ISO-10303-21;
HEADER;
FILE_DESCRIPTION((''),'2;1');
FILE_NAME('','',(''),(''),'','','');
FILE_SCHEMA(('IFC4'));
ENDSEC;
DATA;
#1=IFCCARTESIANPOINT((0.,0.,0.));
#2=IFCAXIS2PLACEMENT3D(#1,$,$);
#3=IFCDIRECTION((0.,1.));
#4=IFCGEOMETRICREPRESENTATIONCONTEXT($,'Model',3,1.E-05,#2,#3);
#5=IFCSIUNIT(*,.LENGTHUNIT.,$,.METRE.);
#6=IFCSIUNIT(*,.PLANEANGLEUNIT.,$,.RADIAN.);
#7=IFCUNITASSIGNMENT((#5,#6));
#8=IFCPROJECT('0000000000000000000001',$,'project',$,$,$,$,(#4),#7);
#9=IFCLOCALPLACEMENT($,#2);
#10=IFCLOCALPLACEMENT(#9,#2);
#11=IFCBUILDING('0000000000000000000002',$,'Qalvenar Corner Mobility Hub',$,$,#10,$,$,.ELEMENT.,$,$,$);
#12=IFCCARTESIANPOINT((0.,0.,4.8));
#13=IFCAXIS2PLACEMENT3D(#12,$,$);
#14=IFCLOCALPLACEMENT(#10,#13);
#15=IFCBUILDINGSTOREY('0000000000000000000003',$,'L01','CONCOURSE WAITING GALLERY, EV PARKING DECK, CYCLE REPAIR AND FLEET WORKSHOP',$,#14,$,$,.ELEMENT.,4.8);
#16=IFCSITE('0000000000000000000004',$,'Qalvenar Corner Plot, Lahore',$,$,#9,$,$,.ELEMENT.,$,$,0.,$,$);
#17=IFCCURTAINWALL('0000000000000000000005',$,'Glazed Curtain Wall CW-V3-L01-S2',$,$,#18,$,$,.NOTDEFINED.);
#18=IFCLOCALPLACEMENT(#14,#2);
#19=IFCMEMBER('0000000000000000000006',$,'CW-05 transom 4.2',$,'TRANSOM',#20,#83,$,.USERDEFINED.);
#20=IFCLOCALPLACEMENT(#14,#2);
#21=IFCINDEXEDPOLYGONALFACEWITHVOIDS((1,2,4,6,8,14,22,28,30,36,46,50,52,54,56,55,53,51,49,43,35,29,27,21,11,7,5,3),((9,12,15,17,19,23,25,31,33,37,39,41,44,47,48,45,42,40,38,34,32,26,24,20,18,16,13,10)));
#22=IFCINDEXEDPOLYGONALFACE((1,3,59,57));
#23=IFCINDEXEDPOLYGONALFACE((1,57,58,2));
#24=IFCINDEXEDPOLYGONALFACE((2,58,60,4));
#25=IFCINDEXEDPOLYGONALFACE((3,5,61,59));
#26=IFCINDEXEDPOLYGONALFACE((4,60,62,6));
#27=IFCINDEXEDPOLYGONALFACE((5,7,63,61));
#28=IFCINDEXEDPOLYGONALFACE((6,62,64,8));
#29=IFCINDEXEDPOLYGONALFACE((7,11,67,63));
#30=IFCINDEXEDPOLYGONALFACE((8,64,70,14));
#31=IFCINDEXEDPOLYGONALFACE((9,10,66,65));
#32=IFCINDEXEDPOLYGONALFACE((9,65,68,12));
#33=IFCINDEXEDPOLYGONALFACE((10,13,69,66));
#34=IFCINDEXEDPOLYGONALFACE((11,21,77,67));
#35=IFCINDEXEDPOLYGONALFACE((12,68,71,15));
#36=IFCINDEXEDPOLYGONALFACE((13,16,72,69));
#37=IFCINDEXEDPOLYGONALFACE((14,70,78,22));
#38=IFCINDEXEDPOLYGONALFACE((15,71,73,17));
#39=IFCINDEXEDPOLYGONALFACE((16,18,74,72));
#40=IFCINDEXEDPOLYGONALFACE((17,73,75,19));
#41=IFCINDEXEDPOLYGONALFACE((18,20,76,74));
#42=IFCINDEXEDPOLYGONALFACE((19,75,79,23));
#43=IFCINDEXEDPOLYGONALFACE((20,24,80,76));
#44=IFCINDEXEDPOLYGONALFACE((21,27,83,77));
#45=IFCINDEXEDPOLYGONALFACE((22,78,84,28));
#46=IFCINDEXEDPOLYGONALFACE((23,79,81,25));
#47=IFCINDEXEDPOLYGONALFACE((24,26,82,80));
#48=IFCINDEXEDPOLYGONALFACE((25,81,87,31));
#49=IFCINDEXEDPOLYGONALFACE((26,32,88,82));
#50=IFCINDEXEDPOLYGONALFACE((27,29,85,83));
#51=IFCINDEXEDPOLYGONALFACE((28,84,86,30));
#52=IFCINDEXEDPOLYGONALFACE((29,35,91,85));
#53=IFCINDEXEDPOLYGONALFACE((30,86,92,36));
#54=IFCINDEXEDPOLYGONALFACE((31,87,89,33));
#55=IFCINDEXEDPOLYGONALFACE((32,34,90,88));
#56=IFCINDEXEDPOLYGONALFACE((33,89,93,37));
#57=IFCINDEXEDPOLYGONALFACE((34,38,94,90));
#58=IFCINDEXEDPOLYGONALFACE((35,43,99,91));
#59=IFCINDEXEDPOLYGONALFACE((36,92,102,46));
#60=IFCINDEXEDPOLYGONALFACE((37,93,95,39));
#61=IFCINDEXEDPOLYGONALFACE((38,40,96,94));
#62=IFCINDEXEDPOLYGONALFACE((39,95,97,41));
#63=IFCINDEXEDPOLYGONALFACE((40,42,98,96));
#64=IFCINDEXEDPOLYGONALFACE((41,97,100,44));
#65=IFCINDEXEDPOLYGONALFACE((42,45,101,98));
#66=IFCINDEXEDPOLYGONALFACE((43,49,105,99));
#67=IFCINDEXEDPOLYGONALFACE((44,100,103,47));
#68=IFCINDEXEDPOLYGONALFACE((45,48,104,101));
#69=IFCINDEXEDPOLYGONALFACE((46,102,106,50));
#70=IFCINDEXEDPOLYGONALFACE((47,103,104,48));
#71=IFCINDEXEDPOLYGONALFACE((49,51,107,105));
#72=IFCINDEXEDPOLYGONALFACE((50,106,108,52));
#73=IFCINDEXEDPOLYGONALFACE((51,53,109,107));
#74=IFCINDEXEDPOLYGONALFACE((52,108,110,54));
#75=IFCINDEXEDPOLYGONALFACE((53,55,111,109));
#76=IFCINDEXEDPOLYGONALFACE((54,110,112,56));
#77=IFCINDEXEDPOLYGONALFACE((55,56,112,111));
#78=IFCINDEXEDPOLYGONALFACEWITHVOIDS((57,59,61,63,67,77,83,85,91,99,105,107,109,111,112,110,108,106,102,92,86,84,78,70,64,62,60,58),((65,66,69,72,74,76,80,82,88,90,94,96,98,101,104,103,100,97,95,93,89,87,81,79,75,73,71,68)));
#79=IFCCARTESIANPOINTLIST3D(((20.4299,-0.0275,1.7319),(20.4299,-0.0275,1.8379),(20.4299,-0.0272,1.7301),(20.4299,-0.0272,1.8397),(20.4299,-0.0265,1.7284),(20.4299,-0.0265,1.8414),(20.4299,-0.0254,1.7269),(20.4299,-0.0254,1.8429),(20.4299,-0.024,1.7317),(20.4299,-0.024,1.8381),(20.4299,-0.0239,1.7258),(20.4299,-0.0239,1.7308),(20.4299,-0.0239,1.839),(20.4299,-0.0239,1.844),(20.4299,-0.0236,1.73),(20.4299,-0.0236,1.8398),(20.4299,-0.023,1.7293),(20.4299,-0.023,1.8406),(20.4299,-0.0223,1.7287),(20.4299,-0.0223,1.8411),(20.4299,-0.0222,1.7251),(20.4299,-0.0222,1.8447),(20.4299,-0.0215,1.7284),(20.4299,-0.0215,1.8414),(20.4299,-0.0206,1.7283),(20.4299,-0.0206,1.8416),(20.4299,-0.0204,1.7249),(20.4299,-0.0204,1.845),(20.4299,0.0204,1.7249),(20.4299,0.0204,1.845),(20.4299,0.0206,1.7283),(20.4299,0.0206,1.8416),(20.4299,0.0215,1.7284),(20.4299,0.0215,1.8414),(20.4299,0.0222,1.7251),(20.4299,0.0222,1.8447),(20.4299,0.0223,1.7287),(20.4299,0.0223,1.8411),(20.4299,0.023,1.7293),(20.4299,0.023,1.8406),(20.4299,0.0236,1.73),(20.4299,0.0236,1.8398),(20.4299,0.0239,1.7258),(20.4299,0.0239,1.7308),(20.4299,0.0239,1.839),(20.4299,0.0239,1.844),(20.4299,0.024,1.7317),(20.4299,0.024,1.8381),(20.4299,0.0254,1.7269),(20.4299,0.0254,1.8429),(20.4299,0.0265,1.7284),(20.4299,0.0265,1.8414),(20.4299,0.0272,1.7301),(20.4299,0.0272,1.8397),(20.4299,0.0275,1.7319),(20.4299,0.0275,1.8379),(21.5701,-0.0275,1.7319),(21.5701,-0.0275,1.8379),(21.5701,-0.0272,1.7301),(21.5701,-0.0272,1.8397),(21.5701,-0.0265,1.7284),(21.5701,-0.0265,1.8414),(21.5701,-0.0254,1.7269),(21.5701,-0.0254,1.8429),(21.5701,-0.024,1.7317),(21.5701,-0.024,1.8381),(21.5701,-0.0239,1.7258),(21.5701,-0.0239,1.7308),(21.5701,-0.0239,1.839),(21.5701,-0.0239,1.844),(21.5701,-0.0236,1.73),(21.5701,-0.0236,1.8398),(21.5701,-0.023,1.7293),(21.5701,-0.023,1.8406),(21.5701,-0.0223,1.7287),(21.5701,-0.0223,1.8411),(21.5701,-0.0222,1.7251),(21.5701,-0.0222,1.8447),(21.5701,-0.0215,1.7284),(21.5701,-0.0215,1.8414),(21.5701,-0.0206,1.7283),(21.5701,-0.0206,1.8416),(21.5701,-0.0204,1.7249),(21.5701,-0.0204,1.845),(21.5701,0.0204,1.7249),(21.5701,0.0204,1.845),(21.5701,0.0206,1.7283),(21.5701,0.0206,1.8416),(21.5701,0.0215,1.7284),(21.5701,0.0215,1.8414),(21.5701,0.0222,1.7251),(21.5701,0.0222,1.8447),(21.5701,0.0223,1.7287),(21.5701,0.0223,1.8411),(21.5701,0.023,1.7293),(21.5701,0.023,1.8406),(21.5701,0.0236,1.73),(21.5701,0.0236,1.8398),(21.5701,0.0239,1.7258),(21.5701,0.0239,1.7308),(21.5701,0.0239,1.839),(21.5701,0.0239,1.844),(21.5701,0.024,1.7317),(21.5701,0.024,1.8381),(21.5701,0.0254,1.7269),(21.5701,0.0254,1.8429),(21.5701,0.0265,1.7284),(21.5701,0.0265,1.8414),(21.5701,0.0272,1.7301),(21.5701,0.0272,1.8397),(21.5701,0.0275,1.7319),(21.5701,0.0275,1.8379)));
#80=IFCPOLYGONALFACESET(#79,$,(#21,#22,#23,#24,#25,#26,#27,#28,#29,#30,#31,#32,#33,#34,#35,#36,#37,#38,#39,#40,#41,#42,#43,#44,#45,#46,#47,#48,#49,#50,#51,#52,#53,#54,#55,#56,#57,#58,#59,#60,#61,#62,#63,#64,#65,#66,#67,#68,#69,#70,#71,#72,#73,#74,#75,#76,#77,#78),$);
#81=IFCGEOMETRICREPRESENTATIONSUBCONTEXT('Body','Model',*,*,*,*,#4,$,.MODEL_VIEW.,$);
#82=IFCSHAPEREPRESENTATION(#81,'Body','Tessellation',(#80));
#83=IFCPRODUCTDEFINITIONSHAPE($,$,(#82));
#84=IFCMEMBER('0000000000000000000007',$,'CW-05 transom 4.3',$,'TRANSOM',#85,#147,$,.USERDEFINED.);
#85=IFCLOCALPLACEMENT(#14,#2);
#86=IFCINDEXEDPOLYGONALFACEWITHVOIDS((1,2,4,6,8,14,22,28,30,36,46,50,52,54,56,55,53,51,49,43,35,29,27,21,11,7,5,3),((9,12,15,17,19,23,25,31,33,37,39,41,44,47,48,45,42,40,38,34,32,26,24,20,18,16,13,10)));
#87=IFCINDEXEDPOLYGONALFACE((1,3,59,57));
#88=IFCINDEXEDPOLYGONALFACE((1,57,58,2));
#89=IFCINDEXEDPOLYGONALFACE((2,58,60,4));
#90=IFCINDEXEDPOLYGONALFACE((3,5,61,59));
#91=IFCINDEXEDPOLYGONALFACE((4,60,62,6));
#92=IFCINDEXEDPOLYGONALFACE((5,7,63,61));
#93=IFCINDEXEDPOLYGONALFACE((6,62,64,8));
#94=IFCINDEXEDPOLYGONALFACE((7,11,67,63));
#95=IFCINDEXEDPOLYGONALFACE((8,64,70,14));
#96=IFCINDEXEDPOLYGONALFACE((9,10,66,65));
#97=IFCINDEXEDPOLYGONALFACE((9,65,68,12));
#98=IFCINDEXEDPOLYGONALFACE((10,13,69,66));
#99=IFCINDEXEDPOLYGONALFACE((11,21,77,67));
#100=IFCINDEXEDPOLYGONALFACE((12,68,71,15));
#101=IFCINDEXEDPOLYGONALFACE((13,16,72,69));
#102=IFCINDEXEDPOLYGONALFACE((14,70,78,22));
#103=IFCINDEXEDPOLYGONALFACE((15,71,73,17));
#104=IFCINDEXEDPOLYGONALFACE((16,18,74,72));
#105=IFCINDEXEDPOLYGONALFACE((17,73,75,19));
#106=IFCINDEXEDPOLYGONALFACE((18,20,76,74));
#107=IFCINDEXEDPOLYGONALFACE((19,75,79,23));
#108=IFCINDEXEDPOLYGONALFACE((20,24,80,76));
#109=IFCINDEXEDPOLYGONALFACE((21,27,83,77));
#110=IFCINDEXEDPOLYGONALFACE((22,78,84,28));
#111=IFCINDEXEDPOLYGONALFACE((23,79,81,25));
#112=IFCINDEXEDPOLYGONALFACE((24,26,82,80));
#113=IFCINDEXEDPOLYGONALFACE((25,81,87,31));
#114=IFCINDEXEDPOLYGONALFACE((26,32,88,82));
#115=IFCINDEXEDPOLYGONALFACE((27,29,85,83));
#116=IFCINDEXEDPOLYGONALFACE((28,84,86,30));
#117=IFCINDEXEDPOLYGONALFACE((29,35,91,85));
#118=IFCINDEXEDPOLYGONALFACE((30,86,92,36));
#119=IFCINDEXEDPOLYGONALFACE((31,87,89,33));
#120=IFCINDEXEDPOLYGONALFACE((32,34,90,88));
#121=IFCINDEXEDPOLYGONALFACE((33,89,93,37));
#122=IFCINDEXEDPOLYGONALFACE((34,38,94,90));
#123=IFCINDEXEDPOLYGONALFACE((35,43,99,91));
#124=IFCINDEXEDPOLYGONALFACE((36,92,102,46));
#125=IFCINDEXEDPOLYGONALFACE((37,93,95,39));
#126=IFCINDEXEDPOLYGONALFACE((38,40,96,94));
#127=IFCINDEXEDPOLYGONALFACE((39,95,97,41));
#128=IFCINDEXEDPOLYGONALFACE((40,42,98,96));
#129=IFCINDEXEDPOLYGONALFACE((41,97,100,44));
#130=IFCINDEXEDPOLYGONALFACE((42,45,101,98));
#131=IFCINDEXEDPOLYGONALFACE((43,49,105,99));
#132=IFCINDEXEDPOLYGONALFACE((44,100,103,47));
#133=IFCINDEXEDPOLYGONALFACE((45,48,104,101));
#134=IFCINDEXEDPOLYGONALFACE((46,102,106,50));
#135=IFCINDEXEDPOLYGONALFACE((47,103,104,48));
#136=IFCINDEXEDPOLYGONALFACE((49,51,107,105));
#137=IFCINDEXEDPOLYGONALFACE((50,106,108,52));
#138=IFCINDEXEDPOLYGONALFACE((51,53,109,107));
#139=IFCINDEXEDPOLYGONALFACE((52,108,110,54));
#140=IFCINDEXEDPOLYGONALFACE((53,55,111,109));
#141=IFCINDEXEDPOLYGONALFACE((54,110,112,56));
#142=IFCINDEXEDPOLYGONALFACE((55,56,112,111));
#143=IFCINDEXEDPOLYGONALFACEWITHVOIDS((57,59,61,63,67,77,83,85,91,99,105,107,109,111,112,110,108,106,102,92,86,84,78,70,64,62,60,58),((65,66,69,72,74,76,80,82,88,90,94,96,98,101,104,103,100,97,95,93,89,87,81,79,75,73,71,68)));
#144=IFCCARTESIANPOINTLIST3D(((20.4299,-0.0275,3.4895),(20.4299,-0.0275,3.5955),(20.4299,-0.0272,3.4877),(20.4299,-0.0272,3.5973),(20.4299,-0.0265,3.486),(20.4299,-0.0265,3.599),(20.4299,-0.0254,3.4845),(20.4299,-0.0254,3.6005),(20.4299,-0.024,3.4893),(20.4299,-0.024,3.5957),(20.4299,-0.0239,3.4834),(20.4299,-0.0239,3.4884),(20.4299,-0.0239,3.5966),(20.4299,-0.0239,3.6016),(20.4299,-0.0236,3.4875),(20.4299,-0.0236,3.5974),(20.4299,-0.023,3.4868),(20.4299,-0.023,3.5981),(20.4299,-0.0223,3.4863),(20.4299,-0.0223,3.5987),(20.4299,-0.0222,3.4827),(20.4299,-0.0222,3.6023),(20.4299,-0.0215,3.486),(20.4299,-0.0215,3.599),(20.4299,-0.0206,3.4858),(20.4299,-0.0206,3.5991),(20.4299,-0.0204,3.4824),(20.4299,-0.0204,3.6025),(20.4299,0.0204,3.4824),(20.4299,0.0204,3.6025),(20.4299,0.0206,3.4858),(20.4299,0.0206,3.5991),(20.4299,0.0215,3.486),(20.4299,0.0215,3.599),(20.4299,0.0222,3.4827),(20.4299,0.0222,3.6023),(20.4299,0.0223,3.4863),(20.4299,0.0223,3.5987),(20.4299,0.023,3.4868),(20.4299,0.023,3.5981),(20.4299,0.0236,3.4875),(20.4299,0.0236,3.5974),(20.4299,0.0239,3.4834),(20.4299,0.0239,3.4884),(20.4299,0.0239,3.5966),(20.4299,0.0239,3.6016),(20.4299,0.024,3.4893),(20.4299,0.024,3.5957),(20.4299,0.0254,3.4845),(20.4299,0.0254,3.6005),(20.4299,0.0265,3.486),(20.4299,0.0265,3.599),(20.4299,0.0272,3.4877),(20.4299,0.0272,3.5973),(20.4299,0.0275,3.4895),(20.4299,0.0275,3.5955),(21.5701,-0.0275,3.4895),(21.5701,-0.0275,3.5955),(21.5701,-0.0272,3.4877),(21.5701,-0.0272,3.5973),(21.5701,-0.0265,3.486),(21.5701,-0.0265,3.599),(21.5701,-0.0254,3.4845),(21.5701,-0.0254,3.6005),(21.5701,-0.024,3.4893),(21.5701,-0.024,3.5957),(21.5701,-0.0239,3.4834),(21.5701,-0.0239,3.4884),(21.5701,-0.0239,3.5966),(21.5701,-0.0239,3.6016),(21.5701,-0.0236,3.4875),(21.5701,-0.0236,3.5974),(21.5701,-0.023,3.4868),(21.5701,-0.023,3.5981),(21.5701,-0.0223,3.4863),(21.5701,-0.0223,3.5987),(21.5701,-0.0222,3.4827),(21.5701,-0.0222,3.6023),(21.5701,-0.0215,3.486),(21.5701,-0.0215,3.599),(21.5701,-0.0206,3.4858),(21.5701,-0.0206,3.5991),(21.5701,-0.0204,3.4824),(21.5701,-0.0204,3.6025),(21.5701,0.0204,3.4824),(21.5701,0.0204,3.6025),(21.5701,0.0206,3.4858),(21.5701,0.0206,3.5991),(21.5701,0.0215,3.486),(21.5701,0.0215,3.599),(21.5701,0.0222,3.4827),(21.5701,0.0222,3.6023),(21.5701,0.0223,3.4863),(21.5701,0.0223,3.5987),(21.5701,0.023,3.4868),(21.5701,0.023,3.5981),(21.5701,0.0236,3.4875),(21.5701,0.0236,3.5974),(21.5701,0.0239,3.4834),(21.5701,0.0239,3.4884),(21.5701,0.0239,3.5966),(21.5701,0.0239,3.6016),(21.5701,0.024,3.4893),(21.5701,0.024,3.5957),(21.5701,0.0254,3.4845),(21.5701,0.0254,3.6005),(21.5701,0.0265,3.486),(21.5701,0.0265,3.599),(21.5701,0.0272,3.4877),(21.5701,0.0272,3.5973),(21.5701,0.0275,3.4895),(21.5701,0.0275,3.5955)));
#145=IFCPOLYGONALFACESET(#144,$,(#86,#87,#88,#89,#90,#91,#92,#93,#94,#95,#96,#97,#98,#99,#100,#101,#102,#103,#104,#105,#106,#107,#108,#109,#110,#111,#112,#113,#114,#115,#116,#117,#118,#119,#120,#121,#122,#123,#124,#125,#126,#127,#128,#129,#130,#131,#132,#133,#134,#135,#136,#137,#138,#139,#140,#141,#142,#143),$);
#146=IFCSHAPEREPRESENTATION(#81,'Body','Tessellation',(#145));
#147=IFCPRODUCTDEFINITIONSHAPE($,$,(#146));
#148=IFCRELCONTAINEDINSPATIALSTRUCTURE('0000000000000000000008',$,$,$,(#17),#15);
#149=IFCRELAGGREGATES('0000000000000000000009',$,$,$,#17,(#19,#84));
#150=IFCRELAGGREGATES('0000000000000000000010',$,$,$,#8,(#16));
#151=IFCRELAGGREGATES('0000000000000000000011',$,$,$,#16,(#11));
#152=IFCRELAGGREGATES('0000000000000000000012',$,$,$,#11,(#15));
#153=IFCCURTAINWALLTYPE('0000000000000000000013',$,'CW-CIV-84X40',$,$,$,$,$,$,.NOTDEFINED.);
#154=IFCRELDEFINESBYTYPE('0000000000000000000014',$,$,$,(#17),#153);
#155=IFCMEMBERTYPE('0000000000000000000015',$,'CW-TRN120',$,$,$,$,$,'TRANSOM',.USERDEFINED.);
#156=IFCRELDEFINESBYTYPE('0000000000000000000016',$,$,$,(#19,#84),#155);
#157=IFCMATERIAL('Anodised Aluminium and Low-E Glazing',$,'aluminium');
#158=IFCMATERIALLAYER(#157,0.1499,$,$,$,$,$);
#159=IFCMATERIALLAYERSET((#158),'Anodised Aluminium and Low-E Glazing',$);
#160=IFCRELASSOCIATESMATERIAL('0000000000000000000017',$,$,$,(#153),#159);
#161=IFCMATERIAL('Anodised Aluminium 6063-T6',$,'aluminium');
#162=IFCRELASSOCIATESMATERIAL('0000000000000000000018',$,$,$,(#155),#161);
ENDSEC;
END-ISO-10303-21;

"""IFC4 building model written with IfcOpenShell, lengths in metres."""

from ifc_helpers import new_model, si_unit, direction, frame, origin, origin_2d, place, context, subcontext, project, spatial, hollow_rectangle, extrude, material, layer, layer_set, material_profile, profile_set, type_object, element, aggregate, save


model = new_model("IFC4")

# Units and contexts
model_context = context("Model", 3, precision=1e-05, world=origin(), true_north=direction((0.0, 1.0)))
body_context = subcontext(model_context, "Body", "Model", "MODEL_VIEW")
ifc_project = project(units=[si_unit("LENGTHUNIT", "METRE"), si_unit("PLANEANGLEUNIT", "RADIAN")], contexts=[model_context])

# Site, building, storey
site_placement = place(None, origin())
site = spatial("IfcSite", under=ifc_project, at=site_placement, Name="Qalvenar Corner Plot, Lahore", CompositionType="ELEMENT", RefElevation=0.0)
building_placement = place(site_placement, origin())
building = spatial("IfcBuilding", under=site, at=building_placement, Name="Qalvenar Corner Mobility Hub", CompositionType="ELEMENT")
storey_placement = place(building_placement, frame((0.0, 0.0, 4.8)))
storey = spatial("IfcBuildingStorey", under=building, at=storey_placement, Name="L01", Description="CONCOURSE WAITING GALLERY, EV PARKING DECK, CYCLE REPAIR AND FLEET WORKSHOP", CompositionType="ELEMENT", Elevation=4.8)

# Curtain wall, members
ifc_material_1 = material(Name="Anodised Aluminium and Low-E Glazing", Category="aluminium")
ifc_layer_1 = layer(ifc_material_1, 0.1499)
ifc_layer_set_1 = layer_set([ifc_layer_1], Name="Anodised Aluminium and Low-E Glazing")
curtain_wall_type = type_object("IfcCurtainWallType", Name="CW-CIV-84X40", PredefinedType="NOTDEFINED", material=ifc_layer_set_1)
curtain_wall_placement = place(storey_placement, origin())
curtain_wall = element("IfcCurtainWall", 1, at=curtain_wall_placement, inside=storey, type_object=curtain_wall_type, Name="Glazed Curtain Wall CW-V3-L01-S2", PredefinedType="NOTDEFINED")
ifc_material_2 = material(Name="Anodised Aluminium 6063-T6", Category="aluminium")
ifc_material_profile_1 = material_profile(ifc_material_2, hollow_rectangle(XDim=0.0549, YDim=0.1201, WallThickness=0.0034, InnerFilletRadius=0.0034, OuterFilletRadius=0.0071, at=origin_2d()), Name="RHS120x55x3.5")
ifc_profile_set_1 = profile_set([ifc_material_profile_1], Name="Anodised Aluminium 6063-T6")
member_type_1 = type_object("IfcMemberType", Name="CW-TRN120", ElementType="TRANSOM", PredefinedType="USERDEFINED", material=ifc_profile_set_1)
member_1_placement = place(storey_placement, frame((20.4299, 0.0, 1.7849), z_axis=(1.0, 0.0, 0.0), x_axis=(0.0, 1.0, 0.0)))
member_1 = element("IfcMember", 2, at=member_1_placement, type_object=member_type_1, Name="CW-05 transom 4.2", ObjectType="TRANSOM", PredefinedType="USERDEFINED", context=body_context, shape_type="SweptSolid", body=[
    extrude(hollow_rectangle(XDim=0.0549, YDim=0.1201, WallThickness=0.0034, InnerFilletRadius=0.0034, OuterFilletRadius=0.0071, at=origin_2d()), origin(), (0.0, 0.0, 1.0), 1.1401),
])
member_2_placement = place(storey_placement, frame((20.4299, 0.0, 3.5425), z_axis=(1.0, 0.0, 0.0), x_axis=(0.0, 1.0, 0.0)))
member_2 = element("IfcMember", 3, at=member_2_placement, type_object=member_type_1, Name="CW-05 transom 4.3", ObjectType="TRANSOM", PredefinedType="USERDEFINED", context=body_context, shape_type="SweptSolid", body=[
    extrude(hollow_rectangle(XDim=0.0549, YDim=0.1201, WallThickness=0.0034, InnerFilletRadius=0.0034, OuterFilletRadius=0.0071, at=origin_2d()), origin(), (0.0, 0.0, 1.0), 1.1401),
])
aggregate(curtain_wall, [member_1, member_2])

save(model, "model.ifc")
